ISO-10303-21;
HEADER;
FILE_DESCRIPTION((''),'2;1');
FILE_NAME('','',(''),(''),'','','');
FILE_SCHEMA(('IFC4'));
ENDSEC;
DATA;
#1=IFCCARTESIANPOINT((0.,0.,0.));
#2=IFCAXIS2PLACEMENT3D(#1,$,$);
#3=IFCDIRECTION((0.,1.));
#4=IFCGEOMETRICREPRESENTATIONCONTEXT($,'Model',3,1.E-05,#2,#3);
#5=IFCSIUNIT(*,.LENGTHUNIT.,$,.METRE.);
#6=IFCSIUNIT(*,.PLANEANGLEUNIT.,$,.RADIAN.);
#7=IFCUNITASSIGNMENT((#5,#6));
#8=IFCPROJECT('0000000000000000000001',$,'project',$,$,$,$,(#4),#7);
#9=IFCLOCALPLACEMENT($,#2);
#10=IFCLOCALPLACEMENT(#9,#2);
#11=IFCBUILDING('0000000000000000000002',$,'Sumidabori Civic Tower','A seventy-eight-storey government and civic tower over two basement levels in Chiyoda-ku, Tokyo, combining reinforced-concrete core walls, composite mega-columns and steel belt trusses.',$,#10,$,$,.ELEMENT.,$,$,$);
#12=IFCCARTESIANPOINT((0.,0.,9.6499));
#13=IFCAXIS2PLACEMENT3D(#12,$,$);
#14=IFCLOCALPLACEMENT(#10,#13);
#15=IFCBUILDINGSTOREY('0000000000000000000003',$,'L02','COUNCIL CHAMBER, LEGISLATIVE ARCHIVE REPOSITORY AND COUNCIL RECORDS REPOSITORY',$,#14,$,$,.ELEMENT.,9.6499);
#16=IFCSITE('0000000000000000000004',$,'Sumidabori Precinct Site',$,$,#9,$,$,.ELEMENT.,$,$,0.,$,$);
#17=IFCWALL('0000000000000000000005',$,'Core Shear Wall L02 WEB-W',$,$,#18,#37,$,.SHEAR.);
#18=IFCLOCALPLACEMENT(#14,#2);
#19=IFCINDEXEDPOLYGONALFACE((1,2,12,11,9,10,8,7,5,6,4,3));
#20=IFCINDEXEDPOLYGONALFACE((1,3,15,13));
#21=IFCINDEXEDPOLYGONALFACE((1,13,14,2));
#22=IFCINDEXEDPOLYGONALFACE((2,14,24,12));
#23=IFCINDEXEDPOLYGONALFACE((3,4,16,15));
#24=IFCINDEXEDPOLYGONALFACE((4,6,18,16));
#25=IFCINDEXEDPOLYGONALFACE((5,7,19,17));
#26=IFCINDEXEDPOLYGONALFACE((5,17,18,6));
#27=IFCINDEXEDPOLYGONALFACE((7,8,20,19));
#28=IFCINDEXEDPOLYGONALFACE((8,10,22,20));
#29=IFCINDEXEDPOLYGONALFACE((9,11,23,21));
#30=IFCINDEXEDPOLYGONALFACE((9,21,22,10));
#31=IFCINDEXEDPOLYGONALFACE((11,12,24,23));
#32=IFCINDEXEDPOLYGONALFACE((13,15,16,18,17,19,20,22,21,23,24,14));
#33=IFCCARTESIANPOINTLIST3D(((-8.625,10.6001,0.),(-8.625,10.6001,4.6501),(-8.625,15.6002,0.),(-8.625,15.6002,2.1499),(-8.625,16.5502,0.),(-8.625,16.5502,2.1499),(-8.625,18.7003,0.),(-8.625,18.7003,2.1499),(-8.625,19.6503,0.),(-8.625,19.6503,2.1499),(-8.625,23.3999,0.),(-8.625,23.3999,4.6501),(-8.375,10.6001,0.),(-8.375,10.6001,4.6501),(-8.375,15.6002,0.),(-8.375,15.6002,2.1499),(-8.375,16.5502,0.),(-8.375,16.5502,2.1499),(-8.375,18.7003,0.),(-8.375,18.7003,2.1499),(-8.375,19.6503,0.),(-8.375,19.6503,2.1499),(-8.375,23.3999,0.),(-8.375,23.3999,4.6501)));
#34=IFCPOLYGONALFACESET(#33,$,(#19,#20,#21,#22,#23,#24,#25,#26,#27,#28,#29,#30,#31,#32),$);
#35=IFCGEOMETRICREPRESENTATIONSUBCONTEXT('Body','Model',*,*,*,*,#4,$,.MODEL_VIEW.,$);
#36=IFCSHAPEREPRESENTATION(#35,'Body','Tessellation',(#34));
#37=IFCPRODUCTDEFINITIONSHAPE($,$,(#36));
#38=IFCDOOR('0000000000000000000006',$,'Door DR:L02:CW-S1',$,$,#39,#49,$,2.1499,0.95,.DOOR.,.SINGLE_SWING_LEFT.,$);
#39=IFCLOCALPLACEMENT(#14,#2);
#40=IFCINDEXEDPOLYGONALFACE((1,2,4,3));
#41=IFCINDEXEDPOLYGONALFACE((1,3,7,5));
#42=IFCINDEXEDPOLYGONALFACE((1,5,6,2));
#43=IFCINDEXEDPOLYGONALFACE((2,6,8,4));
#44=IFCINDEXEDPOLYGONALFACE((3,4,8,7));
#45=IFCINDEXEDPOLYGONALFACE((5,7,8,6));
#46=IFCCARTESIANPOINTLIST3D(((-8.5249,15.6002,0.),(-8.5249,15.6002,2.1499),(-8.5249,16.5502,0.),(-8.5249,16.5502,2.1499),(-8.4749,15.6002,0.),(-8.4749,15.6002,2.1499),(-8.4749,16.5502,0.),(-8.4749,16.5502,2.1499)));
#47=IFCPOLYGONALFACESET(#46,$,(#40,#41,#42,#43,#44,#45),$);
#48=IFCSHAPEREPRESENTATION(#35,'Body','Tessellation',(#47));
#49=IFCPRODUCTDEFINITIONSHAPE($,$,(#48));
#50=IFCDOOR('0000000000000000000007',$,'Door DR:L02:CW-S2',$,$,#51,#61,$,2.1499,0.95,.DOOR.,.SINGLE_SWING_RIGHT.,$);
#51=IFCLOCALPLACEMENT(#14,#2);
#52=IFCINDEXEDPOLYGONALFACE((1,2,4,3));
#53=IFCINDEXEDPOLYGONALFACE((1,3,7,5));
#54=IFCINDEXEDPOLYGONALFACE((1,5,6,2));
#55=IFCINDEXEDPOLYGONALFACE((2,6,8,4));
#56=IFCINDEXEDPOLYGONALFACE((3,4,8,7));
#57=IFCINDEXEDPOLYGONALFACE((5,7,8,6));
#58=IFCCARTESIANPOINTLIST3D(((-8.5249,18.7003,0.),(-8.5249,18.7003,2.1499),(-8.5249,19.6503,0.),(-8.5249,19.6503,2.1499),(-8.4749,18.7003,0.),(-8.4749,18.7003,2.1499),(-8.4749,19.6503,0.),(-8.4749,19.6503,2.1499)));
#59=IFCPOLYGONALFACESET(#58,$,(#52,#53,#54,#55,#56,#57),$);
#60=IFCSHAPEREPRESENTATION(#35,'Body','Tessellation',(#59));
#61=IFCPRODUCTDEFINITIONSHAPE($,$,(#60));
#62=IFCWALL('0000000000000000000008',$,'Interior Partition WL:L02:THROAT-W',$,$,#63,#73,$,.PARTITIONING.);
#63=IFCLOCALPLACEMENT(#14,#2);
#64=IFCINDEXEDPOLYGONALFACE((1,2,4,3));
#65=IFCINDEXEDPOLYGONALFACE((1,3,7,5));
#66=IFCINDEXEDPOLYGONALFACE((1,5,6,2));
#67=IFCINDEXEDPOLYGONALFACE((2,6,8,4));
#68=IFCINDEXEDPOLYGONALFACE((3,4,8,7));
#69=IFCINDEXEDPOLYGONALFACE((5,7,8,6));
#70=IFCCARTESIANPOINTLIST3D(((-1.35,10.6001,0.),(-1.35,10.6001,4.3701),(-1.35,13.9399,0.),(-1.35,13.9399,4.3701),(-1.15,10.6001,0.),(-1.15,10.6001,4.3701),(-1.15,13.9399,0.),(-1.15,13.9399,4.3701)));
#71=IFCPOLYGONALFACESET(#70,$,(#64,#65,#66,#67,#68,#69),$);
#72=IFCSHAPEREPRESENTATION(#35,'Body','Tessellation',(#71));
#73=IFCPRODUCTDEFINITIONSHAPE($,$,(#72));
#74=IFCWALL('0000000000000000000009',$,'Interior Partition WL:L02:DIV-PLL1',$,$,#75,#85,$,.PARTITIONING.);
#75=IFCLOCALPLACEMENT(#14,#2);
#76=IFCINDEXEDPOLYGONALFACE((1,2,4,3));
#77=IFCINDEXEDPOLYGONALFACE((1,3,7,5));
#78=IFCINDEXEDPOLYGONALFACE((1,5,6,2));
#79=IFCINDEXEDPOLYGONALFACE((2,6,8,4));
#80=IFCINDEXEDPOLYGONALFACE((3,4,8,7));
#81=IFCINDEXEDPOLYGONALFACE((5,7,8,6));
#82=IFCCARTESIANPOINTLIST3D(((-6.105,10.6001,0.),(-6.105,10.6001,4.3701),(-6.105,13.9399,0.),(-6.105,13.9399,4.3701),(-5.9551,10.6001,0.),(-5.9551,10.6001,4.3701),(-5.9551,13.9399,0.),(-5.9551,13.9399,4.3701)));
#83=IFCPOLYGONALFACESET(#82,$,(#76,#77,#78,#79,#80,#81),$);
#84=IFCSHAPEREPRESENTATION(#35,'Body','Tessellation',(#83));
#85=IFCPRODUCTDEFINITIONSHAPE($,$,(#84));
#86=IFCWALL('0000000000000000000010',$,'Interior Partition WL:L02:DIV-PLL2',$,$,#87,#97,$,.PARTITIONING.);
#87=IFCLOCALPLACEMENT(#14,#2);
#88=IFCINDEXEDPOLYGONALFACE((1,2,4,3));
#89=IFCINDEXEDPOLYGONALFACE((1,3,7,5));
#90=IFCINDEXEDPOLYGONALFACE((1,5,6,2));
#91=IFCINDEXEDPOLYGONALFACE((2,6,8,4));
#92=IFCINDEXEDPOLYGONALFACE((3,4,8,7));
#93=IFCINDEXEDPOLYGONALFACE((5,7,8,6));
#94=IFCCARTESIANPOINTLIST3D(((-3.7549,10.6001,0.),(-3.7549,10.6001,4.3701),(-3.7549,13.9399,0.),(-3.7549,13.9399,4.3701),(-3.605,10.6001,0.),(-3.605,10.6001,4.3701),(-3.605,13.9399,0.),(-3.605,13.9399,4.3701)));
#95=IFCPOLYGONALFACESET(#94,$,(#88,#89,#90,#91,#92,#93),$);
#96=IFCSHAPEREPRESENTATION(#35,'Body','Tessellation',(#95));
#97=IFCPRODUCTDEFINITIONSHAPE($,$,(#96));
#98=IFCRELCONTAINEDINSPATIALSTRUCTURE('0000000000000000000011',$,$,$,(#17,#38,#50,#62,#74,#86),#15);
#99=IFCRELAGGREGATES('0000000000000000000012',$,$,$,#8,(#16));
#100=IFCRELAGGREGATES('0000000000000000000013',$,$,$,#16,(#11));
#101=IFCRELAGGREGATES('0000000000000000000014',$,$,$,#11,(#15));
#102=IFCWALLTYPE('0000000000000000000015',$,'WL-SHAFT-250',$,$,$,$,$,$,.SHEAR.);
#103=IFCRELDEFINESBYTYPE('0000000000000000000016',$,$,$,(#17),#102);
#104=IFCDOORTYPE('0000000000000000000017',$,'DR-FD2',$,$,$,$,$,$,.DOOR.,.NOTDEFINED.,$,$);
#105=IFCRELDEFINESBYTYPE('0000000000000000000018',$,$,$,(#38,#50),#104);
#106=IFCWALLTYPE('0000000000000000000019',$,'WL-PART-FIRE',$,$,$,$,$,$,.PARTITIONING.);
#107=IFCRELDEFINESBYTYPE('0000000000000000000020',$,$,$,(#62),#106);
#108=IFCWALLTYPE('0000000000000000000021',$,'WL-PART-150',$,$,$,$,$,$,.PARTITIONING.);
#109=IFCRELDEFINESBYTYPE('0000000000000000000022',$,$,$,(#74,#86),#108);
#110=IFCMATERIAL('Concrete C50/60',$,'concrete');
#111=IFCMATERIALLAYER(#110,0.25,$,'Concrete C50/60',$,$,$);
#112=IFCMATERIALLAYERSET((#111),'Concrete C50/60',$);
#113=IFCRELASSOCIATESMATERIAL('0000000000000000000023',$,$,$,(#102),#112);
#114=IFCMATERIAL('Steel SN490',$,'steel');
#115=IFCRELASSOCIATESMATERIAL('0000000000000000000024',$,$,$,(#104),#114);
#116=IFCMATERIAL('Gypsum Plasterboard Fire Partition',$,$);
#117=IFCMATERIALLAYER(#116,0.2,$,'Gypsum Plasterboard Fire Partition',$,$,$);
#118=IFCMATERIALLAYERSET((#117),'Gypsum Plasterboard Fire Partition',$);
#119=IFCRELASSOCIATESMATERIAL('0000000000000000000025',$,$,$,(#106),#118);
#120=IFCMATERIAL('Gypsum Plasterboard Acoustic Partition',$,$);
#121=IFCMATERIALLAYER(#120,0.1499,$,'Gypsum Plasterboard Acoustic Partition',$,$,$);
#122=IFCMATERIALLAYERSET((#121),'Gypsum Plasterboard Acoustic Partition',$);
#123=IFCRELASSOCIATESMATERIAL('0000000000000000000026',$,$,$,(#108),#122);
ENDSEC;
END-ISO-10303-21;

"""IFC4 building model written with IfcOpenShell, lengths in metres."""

from ifc_helpers import new_model, si_unit, direction, frame, frame_2d, origin, place, context, subcontext, project, spatial, rectangle, extrude, source, transform, mapped, material, layer, layer_set, type_object, element, fill, save


model = new_model("IFC4")

# Units and contexts
model_context = context("Model", 3, precision=1e-05, world=origin(), true_north=direction((0.0, 1.0)))
body_context = subcontext(model_context, "Body", "Model", "MODEL_VIEW")
ifc_project = project(units=[si_unit("LENGTHUNIT", "METRE"), si_unit("PLANEANGLEUNIT", "RADIAN")], contexts=[model_context])

# Site, building, storey
site_placement = place(None, origin())
site = spatial("IfcSite", under=ifc_project, at=site_placement, Name="Sumidabori Precinct Site", CompositionType="ELEMENT", RefElevation=0.0)
building_placement = place(site_placement, origin())
building = spatial("IfcBuilding", under=site, at=building_placement, Name="Sumidabori Civic Tower", Description="A seventy-eight-storey government and civic tower over two basement levels in Chiyoda-ku, Tokyo, combining reinforced-concrete core walls, composite mega-columns and steel belt trusses.", CompositionType="ELEMENT")
storey_placement = place(building_placement, frame((0.0, 0.0, 9.6499)))
storey = spatial("IfcBuildingStorey", under=building, at=storey_placement, Name="L02", Description="COUNCIL CHAMBER, LEGISLATIVE ARCHIVE REPOSITORY AND COUNCIL RECORDS REPOSITORY", CompositionType="ELEMENT", Elevation=9.6499)

# Shared definitions
ifc_material_1 = material(Name="Concrete C50/60", Category="concrete")

# Shared definitions
ifc_material_2 = material(Name="Steel SN490", Category="steel")

# Wall, openings, doors
ifc_layer_1 = layer(ifc_material_1, 0.25, Name="Concrete C50/60")
ifc_layer_set_1 = layer_set([ifc_layer_1], Name="Concrete C50/60")
wall_type_1 = type_object("IfcWallType", Name="WL-SHAFT-250", PredefinedType="SHEAR", material=ifc_layer_set_1)
shared_shape_1 = source(origin(), body_context, "Body", "SweptSolid", [
    extrude(rectangle(XDim=12.7998, YDim=0.25, at=frame_2d((6.3999, 0.0))), origin(), (0.0, 0.0, 1.0), 4.6501),
])
wall_1_placement = place(storey_placement, frame((-8.5, 10.6001, 0.0), z_axis=(0.0, 0.0, 1.0), x_axis=(0.0, 1.0, 0.0)))
wall_1 = element("IfcWall", 1, at=wall_1_placement, inside=storey, type_object=wall_type_1, Name="Core Shear Wall L02 WEB-W", PredefinedType="SHEAR", context=body_context, shape_type="MappedRepresentation", body=[
    mapped(shared_shape_1, transform((0.0, 0.0, 0.0), x_axis=(1.0, 0.0, 0.0), y_axis=(0.0, 1.0, 0.0), z_axis=(0.0, 0.0, 1.0), scale=1.0)),
])
opening_1_placement = place(wall_1_placement, frame((5.0, 0.0, 0.0)))
opening_1 = element("IfcOpeningElement", 2, at=opening_1_placement, cuts=wall_1, PredefinedType="OPENING", context=body_context, shape_type="SweptSolid", body=[
    extrude(rectangle(XDim=0.95, YDim=2.1499, at=frame_2d((0.4751, 1.075))), frame((0.0, 0.137, 0.0), z_axis=(0.0, -1.0, 0.0), x_axis=(1.0, 0.0, 0.0)), (0.0, 0.0, 1.0), 0.2739),
])
opening_2_placement = place(wall_1_placement, frame((8.1001, 0.0, 0.0)))
opening_2 = element("IfcOpeningElement", 3, at=opening_2_placement, cuts=wall_1, PredefinedType="OPENING", context=body_context, shape_type="SweptSolid", body=[
    extrude(rectangle(XDim=0.95, YDim=2.1499, at=frame_2d((0.4751, 1.075))), frame((0.0, 0.137, 0.0), z_axis=(0.0, -1.0, 0.0), x_axis=(1.0, 0.0, 0.0)), (0.0, 0.0, 1.0), 0.2739),
])
door_type_1 = type_object("IfcDoorType", Name="DR-FD2", OperationType="NOTDEFINED", PredefinedType="DOOR", material=ifc_material_2)
shared_shape_2 = source(origin(), body_context, "Body", "SweptSolid", [
    extrude(rectangle(XDim=0.95, YDim=2.1499, at=frame_2d((0.4751, 1.075))), frame((0.0, 0.0249, 0.0), z_axis=(0.0, -1.0, 0.0), x_axis=(1.0, 0.0, 0.0)), (0.0, 0.0, 1.0), 0.05),
])
door_1_placement = place(opening_1_placement, origin())
door_1 = element("IfcDoor", 4, at=door_1_placement, inside=storey, type_object=door_type_1, Name="Door DR:L02:CW-S1", OperationType="SINGLE_SWING_LEFT", OverallHeight=2.1499, OverallWidth=0.95, PredefinedType="DOOR", context=body_context, shape_type="MappedRepresentation", body=[
    mapped(shared_shape_2, transform((0.0, 0.0, 0.0), x_axis=(1.0, 0.0, 0.0), y_axis=(0.0, 1.0, 0.0), z_axis=(0.0, 0.0, 1.0), scale=1.0)),
])
fill(opening_1, door_1)
door_2_placement = place(opening_2_placement, origin())
door_2 = element("IfcDoor", 5, at=door_2_placement, inside=storey, type_object=door_type_1, Name="Door DR:L02:CW-S2", OperationType="SINGLE_SWING_RIGHT", OverallHeight=2.1499, OverallWidth=0.95, PredefinedType="DOOR", context=body_context, shape_type="MappedRepresentation", body=[
    mapped(shared_shape_2, transform((0.0, 0.0, 0.0), x_axis=(1.0, 0.0, 0.0), y_axis=(0.0, 1.0, 0.0), z_axis=(0.0, 0.0, 1.0), scale=1.0)),
])
fill(opening_2, door_2)

# Walls
ifc_material_3 = material(Name="Gypsum Plasterboard Fire Partition")
ifc_layer_2 = layer(ifc_material_3, 0.2, Name="Gypsum Plasterboard Fire Partition")
ifc_layer_set_2 = layer_set([ifc_layer_2], Name="Gypsum Plasterboard Fire Partition")
wall_type_2 = type_object("IfcWallType", Name="WL-PART-FIRE", PredefinedType="PARTITIONING", material=ifc_layer_set_2)
shared_shape_3 = source(origin(), body_context, "Body", "SweptSolid", [
    extrude(rectangle(XDim=3.3398, YDim=0.2, at=frame_2d((1.6699, 0.0))), origin(), (0.0, 0.0, 1.0), 4.3701),
])
wall_2_placement = place(storey_placement, frame((-1.25, 10.6001, 0.0), z_axis=(0.0, 0.0, 1.0), x_axis=(0.0, 1.0, 0.0)))
element("IfcWall", 6, at=wall_2_placement, inside=storey, type_object=wall_type_2, Name="Interior Partition WL:L02:THROAT-W", PredefinedType="PARTITIONING", context=body_context, shape_type="MappedRepresentation", body=[
    mapped(shared_shape_3, transform((0.0, 0.0, 0.0), x_axis=(1.0, 0.0, 0.0), y_axis=(0.0, 1.0, 0.0), z_axis=(0.0, 0.0, 1.0), scale=1.0)),
])
ifc_material_4 = material(Name="Gypsum Plasterboard Acoustic Partition")
ifc_layer_3 = layer(ifc_material_4, 0.1499, Name="Gypsum Plasterboard Acoustic Partition")
ifc_layer_set_3 = layer_set([ifc_layer_3], Name="Gypsum Plasterboard Acoustic Partition")
wall_type_3 = type_object("IfcWallType", Name="WL-PART-150", PredefinedType="PARTITIONING", material=ifc_layer_set_3)
shared_shape_4 = source(origin(), body_context, "Body", "SweptSolid", [
    extrude(rectangle(XDim=3.3398, YDim=0.1499, at=frame_2d((1.6699, 0.0))), origin(), (0.0, 0.0, 1.0), 4.3701),
])
for number, where, z_axis, x_axis, name in (
    (7, (-6.03, 10.6001, 0.0), (0.0, 0.0, 1.0), (0.0, 1.0, 0.0), "Interior Partition WL:L02:DIV-PLL1"),
    (8, (-3.6799, 10.6001, 0.0), (0.0, 0.0, 1.0), (0.0, 1.0, 0.0), "Interior Partition WL:L02:DIV-PLL2"),
):
    element("IfcWall", number, at=place(storey_placement, frame(where, z_axis=z_axis, x_axis=x_axis)), inside=storey, type_object=wall_type_3, Name=name, PredefinedType="PARTITIONING", context=body_context, shape_type="MappedRepresentation", body=[
        mapped(shared_shape_4, transform((0.0, 0.0, 0.0), x_axis=(1.0, 0.0, 0.0), y_axis=(0.0, 1.0, 0.0), z_axis=(0.0, 0.0, 1.0), scale=1.0)),
    ])

save(model, "model.ifc")
